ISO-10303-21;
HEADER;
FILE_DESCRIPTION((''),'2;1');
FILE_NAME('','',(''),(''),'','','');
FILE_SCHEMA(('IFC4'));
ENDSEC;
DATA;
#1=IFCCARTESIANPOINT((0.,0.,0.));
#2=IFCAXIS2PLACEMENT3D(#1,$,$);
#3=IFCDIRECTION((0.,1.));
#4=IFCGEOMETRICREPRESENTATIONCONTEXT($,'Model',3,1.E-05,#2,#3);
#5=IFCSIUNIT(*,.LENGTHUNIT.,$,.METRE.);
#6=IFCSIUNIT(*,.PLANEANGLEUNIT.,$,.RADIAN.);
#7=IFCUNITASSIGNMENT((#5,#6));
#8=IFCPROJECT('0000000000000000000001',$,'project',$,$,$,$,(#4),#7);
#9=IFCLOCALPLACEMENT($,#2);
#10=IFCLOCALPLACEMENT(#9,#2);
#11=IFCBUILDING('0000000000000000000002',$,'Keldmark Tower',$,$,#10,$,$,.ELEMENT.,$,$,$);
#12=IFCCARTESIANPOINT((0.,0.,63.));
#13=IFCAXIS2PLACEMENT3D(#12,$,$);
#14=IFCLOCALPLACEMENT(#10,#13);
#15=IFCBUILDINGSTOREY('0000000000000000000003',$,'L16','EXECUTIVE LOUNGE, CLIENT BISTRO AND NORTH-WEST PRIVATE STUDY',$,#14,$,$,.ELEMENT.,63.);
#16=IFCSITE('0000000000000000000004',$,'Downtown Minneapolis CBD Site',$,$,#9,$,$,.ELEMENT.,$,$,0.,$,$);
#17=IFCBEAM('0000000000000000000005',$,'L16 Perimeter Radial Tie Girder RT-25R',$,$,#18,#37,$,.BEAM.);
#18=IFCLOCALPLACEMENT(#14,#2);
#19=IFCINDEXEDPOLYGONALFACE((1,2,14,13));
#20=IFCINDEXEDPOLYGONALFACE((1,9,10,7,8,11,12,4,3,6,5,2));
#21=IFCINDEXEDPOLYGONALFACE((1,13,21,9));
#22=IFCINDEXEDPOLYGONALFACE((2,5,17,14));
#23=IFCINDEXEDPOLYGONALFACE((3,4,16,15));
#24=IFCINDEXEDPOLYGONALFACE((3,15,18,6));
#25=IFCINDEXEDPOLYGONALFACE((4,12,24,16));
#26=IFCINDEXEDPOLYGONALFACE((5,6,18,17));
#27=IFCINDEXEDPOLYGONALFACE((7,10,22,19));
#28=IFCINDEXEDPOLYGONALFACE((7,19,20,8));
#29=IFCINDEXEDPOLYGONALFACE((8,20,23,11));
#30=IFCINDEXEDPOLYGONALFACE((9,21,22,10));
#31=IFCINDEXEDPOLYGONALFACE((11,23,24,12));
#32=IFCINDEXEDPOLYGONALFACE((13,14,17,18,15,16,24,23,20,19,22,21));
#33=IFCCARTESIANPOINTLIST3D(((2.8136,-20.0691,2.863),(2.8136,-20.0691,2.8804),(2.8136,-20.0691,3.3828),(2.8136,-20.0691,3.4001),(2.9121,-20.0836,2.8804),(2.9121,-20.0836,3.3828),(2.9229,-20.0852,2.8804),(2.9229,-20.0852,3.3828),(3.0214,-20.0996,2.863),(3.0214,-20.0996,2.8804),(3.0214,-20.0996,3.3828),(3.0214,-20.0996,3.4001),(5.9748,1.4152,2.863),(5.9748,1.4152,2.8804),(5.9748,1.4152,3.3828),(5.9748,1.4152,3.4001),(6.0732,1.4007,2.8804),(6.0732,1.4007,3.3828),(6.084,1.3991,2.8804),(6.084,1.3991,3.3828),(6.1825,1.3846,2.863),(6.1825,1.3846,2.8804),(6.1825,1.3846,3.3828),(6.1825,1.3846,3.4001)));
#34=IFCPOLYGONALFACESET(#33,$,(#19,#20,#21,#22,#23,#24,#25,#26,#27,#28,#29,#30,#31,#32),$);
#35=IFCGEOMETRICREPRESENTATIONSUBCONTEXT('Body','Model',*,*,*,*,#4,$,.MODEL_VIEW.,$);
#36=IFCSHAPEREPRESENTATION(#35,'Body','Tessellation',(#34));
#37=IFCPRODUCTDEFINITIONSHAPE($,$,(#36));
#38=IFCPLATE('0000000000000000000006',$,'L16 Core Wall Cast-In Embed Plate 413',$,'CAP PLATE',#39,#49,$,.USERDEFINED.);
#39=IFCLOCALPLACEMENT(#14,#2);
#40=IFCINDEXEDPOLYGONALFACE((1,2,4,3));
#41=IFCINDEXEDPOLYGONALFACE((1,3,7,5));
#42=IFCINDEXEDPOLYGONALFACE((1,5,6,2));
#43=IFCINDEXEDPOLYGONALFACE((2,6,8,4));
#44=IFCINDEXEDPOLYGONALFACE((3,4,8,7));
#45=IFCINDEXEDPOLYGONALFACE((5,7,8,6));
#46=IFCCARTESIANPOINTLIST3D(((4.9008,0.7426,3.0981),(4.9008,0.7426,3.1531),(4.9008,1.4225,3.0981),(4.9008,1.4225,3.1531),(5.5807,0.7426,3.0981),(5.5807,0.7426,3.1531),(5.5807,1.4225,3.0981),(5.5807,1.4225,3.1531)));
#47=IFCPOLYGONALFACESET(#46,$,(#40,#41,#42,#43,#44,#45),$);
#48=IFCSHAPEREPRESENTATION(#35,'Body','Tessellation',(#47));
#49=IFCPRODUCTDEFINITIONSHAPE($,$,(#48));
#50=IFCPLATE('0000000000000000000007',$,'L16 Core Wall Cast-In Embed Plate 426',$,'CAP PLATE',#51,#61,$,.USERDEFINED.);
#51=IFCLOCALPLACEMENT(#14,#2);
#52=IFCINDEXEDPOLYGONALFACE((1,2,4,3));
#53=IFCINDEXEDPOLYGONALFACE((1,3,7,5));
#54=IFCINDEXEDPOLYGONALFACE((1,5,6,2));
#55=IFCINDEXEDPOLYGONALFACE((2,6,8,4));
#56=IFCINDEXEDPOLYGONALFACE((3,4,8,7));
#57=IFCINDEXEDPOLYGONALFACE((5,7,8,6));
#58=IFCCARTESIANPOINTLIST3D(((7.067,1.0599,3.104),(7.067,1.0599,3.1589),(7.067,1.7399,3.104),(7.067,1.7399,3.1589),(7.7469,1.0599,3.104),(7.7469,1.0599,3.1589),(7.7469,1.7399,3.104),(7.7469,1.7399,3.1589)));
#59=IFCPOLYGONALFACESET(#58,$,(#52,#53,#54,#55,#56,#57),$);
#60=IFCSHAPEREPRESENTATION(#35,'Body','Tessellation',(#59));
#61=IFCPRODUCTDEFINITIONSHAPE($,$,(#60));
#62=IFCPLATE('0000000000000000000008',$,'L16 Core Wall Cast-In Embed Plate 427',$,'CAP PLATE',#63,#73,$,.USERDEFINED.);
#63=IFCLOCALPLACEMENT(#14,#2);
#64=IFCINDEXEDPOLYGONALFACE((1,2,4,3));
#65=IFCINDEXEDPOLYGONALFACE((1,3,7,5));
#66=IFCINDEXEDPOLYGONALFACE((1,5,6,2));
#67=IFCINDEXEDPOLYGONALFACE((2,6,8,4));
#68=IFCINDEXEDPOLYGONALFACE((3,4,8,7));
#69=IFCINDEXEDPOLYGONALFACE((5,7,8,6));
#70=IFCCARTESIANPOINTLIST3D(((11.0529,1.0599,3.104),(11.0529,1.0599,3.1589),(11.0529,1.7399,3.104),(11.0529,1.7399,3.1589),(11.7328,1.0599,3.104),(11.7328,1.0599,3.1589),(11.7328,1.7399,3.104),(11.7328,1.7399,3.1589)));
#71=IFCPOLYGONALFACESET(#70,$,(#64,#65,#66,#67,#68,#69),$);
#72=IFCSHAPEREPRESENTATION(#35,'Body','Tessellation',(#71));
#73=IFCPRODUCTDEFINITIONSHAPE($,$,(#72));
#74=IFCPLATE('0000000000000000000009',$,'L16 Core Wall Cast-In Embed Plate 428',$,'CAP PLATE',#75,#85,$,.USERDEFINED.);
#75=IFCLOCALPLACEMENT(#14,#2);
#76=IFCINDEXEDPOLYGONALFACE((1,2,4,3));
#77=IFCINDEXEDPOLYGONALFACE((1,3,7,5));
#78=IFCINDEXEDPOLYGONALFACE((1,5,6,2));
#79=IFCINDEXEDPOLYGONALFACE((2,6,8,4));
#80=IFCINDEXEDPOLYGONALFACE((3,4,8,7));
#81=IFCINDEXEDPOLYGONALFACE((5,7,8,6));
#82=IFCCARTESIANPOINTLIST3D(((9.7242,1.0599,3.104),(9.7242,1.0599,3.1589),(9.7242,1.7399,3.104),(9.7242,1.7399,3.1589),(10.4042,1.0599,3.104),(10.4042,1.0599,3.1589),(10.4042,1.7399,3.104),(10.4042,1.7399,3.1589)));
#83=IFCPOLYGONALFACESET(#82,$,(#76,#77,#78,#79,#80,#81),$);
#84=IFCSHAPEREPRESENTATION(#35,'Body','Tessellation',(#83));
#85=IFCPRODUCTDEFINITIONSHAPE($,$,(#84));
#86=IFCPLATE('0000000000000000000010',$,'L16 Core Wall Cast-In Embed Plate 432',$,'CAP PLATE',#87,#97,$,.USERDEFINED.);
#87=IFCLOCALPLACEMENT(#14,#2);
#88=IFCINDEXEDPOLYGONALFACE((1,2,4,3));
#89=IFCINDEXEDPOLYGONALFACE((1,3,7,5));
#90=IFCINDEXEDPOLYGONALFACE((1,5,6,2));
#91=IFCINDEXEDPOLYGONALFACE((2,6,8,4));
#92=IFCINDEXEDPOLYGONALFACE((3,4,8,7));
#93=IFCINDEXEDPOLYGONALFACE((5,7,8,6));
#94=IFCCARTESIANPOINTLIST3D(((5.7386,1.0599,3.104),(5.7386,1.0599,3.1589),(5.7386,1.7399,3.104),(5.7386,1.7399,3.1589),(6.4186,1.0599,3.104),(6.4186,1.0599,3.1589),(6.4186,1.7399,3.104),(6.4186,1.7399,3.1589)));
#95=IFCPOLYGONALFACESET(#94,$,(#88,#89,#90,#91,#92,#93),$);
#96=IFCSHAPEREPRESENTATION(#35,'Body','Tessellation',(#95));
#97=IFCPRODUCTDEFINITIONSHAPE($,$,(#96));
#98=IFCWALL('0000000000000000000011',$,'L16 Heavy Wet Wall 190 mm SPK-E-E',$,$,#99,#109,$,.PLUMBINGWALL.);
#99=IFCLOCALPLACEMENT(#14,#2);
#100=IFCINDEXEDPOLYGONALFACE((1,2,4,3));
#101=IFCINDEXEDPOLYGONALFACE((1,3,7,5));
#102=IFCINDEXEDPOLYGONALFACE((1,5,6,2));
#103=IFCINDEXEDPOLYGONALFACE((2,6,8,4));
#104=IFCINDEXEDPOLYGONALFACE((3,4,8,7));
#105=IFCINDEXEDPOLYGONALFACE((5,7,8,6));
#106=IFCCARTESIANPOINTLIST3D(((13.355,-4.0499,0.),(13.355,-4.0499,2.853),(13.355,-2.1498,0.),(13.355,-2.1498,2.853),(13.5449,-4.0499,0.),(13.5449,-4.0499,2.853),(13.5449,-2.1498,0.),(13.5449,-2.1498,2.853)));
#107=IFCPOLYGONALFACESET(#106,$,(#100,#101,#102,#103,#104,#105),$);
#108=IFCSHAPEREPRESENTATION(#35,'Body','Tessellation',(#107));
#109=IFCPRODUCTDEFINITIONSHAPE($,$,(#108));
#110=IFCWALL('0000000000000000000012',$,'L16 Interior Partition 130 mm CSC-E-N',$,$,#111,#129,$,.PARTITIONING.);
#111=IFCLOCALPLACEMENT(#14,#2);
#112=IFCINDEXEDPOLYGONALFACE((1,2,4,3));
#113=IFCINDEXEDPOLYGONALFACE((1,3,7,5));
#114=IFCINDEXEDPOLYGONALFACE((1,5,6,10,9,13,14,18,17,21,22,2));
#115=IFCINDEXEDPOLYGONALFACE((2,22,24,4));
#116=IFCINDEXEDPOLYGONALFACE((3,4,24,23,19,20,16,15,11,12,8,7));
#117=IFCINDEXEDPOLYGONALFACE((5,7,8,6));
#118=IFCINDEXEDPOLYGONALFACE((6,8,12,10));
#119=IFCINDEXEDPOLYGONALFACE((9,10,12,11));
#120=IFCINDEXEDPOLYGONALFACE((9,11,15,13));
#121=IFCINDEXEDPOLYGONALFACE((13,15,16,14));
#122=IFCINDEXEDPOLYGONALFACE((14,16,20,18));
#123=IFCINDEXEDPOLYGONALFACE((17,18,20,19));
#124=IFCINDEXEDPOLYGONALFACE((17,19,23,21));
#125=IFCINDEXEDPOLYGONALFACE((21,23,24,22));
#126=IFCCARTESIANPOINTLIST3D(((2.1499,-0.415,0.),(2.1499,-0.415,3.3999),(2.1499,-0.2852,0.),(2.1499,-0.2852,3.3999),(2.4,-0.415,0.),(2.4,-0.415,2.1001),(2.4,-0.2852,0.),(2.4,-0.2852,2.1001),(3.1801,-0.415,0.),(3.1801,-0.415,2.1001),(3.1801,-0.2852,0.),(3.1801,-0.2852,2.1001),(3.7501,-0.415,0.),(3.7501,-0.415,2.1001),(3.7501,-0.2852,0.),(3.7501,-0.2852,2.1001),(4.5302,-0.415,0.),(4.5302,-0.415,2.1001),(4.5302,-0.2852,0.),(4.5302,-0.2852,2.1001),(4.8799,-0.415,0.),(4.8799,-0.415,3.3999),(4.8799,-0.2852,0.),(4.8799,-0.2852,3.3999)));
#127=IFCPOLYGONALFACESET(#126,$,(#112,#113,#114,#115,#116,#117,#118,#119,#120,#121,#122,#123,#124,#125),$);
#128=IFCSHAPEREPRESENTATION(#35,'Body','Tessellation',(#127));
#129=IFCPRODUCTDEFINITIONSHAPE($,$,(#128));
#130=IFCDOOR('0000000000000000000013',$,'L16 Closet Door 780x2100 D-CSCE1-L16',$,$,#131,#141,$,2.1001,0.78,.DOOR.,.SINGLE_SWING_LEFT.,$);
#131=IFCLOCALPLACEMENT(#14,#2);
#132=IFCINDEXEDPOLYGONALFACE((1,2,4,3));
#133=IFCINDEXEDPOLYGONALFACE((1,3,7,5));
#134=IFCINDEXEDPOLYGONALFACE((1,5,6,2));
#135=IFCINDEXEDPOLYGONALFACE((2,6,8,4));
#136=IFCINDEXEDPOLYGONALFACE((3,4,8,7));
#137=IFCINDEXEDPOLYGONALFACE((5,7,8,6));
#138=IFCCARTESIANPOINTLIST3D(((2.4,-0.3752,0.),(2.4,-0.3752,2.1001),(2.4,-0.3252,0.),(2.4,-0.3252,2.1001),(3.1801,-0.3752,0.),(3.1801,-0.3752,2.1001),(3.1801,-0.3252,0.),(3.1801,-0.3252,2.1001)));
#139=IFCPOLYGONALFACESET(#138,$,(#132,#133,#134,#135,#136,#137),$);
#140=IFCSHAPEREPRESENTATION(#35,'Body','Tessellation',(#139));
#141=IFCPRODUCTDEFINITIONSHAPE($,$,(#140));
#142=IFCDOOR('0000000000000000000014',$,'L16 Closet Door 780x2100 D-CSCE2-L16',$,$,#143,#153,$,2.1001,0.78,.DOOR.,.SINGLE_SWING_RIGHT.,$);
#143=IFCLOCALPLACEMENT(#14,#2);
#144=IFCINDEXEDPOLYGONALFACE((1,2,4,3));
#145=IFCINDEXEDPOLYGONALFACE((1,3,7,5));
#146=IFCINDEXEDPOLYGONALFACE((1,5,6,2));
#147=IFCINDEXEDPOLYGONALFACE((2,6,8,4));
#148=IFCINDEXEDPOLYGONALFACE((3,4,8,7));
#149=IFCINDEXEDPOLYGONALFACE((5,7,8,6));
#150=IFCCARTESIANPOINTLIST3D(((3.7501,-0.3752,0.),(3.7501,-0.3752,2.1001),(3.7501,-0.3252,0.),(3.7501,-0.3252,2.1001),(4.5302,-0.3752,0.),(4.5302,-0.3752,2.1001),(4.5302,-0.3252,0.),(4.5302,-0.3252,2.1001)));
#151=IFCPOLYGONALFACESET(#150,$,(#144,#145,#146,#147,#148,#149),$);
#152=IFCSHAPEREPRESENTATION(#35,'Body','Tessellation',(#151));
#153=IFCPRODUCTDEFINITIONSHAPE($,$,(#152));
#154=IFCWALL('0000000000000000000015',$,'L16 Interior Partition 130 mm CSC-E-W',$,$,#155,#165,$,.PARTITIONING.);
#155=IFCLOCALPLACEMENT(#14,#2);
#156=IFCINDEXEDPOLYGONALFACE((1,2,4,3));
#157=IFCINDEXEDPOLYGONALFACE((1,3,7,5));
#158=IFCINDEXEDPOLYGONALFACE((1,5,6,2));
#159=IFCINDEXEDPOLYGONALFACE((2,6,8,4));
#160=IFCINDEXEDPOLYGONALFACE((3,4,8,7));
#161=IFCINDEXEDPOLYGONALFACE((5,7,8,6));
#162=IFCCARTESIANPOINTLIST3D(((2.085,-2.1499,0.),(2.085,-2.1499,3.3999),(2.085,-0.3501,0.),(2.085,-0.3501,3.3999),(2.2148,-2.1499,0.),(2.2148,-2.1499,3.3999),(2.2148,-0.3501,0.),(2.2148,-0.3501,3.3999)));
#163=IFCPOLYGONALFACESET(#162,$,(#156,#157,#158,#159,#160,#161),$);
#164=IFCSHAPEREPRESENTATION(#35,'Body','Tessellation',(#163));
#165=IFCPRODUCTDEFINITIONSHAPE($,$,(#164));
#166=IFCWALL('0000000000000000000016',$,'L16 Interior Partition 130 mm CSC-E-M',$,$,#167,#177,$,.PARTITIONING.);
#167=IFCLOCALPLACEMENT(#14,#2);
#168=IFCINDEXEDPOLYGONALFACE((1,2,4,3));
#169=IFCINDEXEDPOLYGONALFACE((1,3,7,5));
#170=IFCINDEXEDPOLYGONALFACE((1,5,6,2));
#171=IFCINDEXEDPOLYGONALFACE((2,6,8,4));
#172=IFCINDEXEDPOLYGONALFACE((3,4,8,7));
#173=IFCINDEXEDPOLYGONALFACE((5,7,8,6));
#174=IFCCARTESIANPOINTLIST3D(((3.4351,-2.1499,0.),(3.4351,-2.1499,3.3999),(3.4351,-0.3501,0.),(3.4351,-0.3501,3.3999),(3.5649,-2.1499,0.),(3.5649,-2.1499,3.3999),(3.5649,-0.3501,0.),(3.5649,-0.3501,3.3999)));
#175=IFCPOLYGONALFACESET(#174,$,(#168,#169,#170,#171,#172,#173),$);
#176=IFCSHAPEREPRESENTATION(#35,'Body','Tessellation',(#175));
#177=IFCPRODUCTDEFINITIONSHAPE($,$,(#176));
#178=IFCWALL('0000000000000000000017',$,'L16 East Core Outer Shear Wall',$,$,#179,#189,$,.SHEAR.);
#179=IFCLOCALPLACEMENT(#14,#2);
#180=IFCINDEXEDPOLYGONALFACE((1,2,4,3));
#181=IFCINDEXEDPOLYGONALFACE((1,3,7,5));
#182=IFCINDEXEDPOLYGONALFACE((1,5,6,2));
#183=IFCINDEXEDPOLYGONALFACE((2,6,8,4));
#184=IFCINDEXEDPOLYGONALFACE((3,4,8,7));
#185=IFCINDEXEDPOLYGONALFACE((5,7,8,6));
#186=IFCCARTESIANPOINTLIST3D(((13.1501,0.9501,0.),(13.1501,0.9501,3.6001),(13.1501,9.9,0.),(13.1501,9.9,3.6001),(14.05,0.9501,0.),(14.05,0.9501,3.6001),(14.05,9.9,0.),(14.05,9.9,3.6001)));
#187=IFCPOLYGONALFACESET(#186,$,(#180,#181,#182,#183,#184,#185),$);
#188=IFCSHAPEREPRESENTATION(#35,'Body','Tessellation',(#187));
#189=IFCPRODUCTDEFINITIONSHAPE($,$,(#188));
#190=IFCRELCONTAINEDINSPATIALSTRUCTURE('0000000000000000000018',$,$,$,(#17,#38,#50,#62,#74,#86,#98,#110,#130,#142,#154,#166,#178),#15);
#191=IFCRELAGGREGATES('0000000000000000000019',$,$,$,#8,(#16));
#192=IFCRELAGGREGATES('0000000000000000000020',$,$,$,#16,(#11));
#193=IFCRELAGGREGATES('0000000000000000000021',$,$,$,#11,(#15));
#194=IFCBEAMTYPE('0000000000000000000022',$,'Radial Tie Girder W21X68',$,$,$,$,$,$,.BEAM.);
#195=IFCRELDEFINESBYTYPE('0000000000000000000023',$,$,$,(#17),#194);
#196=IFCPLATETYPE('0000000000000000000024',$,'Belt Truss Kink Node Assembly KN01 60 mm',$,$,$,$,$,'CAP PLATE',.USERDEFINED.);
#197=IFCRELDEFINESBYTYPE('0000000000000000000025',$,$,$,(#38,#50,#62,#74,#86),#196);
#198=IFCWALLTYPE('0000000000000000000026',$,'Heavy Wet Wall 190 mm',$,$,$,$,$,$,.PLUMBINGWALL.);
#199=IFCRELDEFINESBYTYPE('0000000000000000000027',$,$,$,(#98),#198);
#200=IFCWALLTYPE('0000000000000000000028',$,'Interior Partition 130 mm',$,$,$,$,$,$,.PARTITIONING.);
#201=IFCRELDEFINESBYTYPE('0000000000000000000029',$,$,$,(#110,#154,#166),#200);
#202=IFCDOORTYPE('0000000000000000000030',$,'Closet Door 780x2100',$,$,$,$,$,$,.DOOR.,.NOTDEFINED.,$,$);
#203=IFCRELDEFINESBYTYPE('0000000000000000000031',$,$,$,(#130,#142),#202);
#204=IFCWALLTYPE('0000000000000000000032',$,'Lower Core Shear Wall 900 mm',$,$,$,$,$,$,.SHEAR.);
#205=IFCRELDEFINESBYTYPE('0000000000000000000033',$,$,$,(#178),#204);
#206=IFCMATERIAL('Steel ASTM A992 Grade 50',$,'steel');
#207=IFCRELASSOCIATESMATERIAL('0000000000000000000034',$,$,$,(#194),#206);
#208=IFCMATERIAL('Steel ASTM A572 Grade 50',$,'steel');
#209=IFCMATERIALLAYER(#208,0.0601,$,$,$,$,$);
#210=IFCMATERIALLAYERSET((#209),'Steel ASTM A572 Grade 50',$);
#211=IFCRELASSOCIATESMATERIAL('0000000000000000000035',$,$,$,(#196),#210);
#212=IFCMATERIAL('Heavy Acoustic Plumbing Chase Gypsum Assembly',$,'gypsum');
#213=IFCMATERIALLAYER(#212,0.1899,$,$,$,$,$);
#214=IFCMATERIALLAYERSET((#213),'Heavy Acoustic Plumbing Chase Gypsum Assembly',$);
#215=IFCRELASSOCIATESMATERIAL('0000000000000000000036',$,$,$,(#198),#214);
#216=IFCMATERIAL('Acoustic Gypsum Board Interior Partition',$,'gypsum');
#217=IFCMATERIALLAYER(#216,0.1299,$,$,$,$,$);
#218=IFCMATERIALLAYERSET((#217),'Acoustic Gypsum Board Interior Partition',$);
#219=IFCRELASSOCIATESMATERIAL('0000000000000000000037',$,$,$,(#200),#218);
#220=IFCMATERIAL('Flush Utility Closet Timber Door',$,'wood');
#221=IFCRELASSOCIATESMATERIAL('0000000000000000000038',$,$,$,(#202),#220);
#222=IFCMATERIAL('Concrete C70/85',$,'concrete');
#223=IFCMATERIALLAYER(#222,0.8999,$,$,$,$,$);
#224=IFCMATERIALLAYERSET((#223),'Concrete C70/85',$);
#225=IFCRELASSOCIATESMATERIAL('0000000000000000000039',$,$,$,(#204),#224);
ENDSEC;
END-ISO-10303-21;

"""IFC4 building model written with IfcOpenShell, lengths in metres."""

from ifc_helpers import new_model, si_unit, direction, frame, frame_2d, origin, origin_2d, place, context, subcontext, project, spatial, rectangle, i_section, extrude, material, layer, layer_set, material_profile, profile_set, type_object, element, fill, save


model = new_model("IFC4")

# Units and contexts
model_context = context("Model", 3, precision=1e-05, world=origin(), true_north=direction((0.0, 1.0)))
body_context = subcontext(model_context, "Body", "Model", "MODEL_VIEW")
ifc_project = project(units=[si_unit("LENGTHUNIT", "METRE"), si_unit("PLANEANGLEUNIT", "RADIAN")], contexts=[model_context])

# Site, building, storey
site_placement = place(None, origin())
site = spatial("IfcSite", under=ifc_project, at=site_placement, Name="Downtown Minneapolis CBD Site", CompositionType="ELEMENT", RefElevation=0.0)
building_placement = place(site_placement, origin())
building = spatial("IfcBuilding", under=site, at=building_placement, Name="Keldmark Tower", CompositionType="ELEMENT")
storey_placement = place(building_placement, frame((0.0, 0.0, 63.0)))
storey = spatial("IfcBuildingStorey", under=building, at=storey_placement, Name="L16", Description="EXECUTIVE LOUNGE, CLIENT BISTRO AND NORTH-WEST PRIVATE STUDY", CompositionType="ELEMENT", Elevation=63.0)

# Beam
ifc_material_1 = material(Name="Steel ASTM A992 Grade 50", Category="steel")
ifc_material_profile_1 = material_profile(ifc_material_1, i_section(OverallWidth=0.21, OverallDepth=0.5371, WebThickness=0.011, FlangeThickness=0.0173, at=origin_2d()), Name="W21X68")
ifc_profile_set_1 = profile_set([ifc_material_profile_1], Name="Steel ASTM A992 Grade 50")
beam_type = type_object("IfcBeamType", Name="Radial Tie Girder W21X68", PredefinedType="BEAM", material=ifc_profile_set_1)
beam_1_placement = place(storey_placement, frame((6.0786, 1.3999, 3.1316), z_axis=(-0.145569, -0.989348, 0.0), x_axis=(0.989348, -0.145569, 0.0)))
element("IfcBeam", 1, at=beam_1_placement, inside=storey, type_object=beam_type, Name="L16 Perimeter Radial Tie Girder RT-25R", PredefinedType="BEAM", context=body_context, shape_type="SweptSolid", body=[
    extrude(i_section(OverallWidth=0.21, OverallDepth=0.5371, WebThickness=0.011, FlangeThickness=0.0173, at=origin_2d()), origin(), (0.0, 0.0, 1.0), 21.7156),
])

# Plates
ifc_material_2 = material(Name="Steel ASTM A572 Grade 50", Category="steel")
ifc_layer_1 = layer(ifc_material_2, 0.0601)
ifc_layer_set_1 = layer_set([ifc_layer_1], Name="Steel ASTM A572 Grade 50")
plate_type = type_object("IfcPlateType", Name="Belt Truss Kink Node Assembly KN01 60 mm", ElementType="CAP PLATE", PredefinedType="USERDEFINED", material=ifc_layer_set_1)
for number, where, z_axis, x_axis, name in (
    (2, (5.2407, 1.0825, 3.0981), (0.0, 0.0, 1.0), (1.0, 0.0, 0.0), "L16 Core Wall Cast-In Embed Plate 413"),
    (3, (7.407, 1.3999, 3.104), (0.0, 0.0, 1.0), (1.0, 0.0, 0.0), "L16 Core Wall Cast-In Embed Plate 426"),
    (4, (11.3928, 1.3999, 3.104), (0.0, 0.0, 1.0), (1.0, 0.0, 0.0), "L16 Core Wall Cast-In Embed Plate 427"),
    (5, (10.0642, 1.3999, 3.104), (0.0, 0.0, 1.0), (1.0, 0.0, 0.0), "L16 Core Wall Cast-In Embed Plate 428"),
    (6, (6.0786, 1.3999, 3.104), (0.0, 0.0, 1.0), (1.0, 0.0, 0.0), "L16 Core Wall Cast-In Embed Plate 432"),
):
    element("IfcPlate", number, at=place(storey_placement, frame(where, z_axis=z_axis, x_axis=x_axis)), inside=storey, type_object=plate_type, Name=name, ObjectType="CAP PLATE", PredefinedType="USERDEFINED", context=body_context, shape_type="SweptSolid", body=[
        extrude(rectangle(XDim=0.6799, YDim=0.6799, at=origin_2d()), origin(), (0.0, 0.0, 1.0), 0.0549),
    ])

# Wall
ifc_material_3 = material(Name="Heavy Acoustic Plumbing Chase Gypsum Assembly", Category="gypsum")
ifc_layer_2 = layer(ifc_material_3, 0.1899)
ifc_layer_set_2 = layer_set([ifc_layer_2], Name="Heavy Acoustic Plumbing Chase Gypsum Assembly")
wall_type_1 = type_object("IfcWallType", Name="Heavy Wet Wall 190 mm", PredefinedType="PLUMBINGWALL", material=ifc_layer_set_2)
wall_1_placement = place(storey_placement, frame((13.45, -4.05, 0.0), z_axis=(0.0, 0.0, 1.0), x_axis=(0.0, 1.0, 0.0)))
element("IfcWall", 7, at=wall_1_placement, inside=storey, type_object=wall_type_1, Name="L16 Heavy Wet Wall 190 mm SPK-E-E", PredefinedType="PLUMBINGWALL", context=body_context, shape_type="SweptSolid", body=[
    extrude(rectangle(XDim=1.9001, YDim=0.1899, at=frame_2d((0.9502, 0.0))), origin(), (0.0, 0.0, 1.0), 2.853),
])

# Wall, openings, doors
ifc_material_4 = material(Name="Acoustic Gypsum Board Interior Partition", Category="gypsum")
ifc_layer_3 = layer(ifc_material_4, 0.1299)
ifc_layer_set_3 = layer_set([ifc_layer_3], Name="Acoustic Gypsum Board Interior Partition")
wall_type_2 = type_object("IfcWallType", Name="Interior Partition 130 mm", PredefinedType="PARTITIONING", material=ifc_layer_set_3)
wall_2_placement = place(storey_placement, frame((2.1499, -0.3501, 0.0), z_axis=(0.0, 0.0, 1.0), x_axis=(1.0, 0.0, 0.0)))
wall_2 = element("IfcWall", 8, at=wall_2_placement, inside=storey, type_object=wall_type_2, Name="L16 Interior Partition 130 mm CSC-E-N", PredefinedType="PARTITIONING", context=body_context, shape_type="SweptSolid", body=[
    extrude(rectangle(XDim=2.73, YDim=0.1299, at=frame_2d((1.365, 0.0))), origin(), (0.0, 0.0, 1.0), 3.3999),
])
opening_1_placement = place(wall_2_placement, frame((0.25, 0.0, 0.0)))
opening_1 = element("IfcOpeningElement", 9, at=opening_1_placement, cuts=wall_2, PredefinedType="OPENING", context=body_context, shape_type="SweptSolid", body=[
    extrude(rectangle(XDim=0.78, YDim=2.1001, at=frame_2d((0.3901, 1.05))), frame((0.0, 0.075, 0.0), z_axis=(0.0, -1.0, 0.0), x_axis=(1.0, 0.0, 0.0)), (0.0, 0.0, 1.0), 0.1499),
])
opening_2_placement = place(wall_2_placement, frame((1.6001, 0.0, 0.0)))
opening_2 = element("IfcOpeningElement", 10, at=opening_2_placement, cuts=wall_2, PredefinedType="OPENING", context=body_context, shape_type="SweptSolid", body=[
    extrude(rectangle(XDim=0.78, YDim=2.1001, at=frame_2d((0.3901, 1.05))), frame((0.0, 0.075, 0.0), z_axis=(0.0, -1.0, 0.0), x_axis=(1.0, 0.0, 0.0)), (0.0, 0.0, 1.0), 0.1499),
])
ifc_material_5 = material(Name="Flush Utility Closet Timber Door", Category="wood")
door_type_1 = type_object("IfcDoorType", Name="Closet Door 780x2100", OperationType="NOTDEFINED", PredefinedType="DOOR", material=ifc_material_5)
door_1_placement = place(opening_1_placement, origin())
door_1 = element("IfcDoor", 11, at=door_1_placement, inside=storey, type_object=door_type_1, Name="L16 Closet Door 780x2100 D-CSCE1-L16", OperationType="SINGLE_SWING_LEFT", OverallHeight=2.1001, OverallWidth=0.78, PredefinedType="DOOR", context=body_context, shape_type="SweptSolid", body=[
    extrude(rectangle(XDim=0.78, YDim=2.1001, at=frame_2d((0.3901, 1.05))), frame((0.0, 0.0249, 0.0), z_axis=(0.0, -1.0, 0.0), x_axis=(1.0, 0.0, 0.0)), (0.0, 0.0, 1.0), 0.05),
])
fill(opening_1, door_1)
door_2_placement = place(opening_2_placement, origin())
door_2 = element("IfcDoor", 12, at=door_2_placement, inside=storey, type_object=door_type_1, Name="L16 Closet Door 780x2100 D-CSCE2-L16", OperationType="SINGLE_SWING_RIGHT", OverallHeight=2.1001, OverallWidth=0.78, PredefinedType="DOOR", context=body_context, shape_type="SweptSolid", body=[
    extrude(rectangle(XDim=0.78, YDim=2.1001, at=frame_2d((0.3901, 1.05))), frame((0.0, 0.0249, 0.0), z_axis=(0.0, -1.0, 0.0), x_axis=(1.0, 0.0, 0.0)), (0.0, 0.0, 1.0), 0.05),
])
fill(opening_2, door_2)

# Walls
for number, where, z_axis, x_axis, name in (
    (13, (2.1499, -2.1499, 0.0), (0.0, 0.0, 1.0), (0.0, 1.0, 0.0), "L16 Interior Partition 130 mm CSC-E-W"),
    (14, (3.5, -2.1499, 0.0), (0.0, 0.0, 1.0), (0.0, 1.0, 0.0), "L16 Interior Partition 130 mm CSC-E-M"),
):
    element("IfcWall", number, at=place(storey_placement, frame(where, z_axis=z_axis, x_axis=x_axis)), inside=storey, type_object=wall_type_2, Name=name, PredefinedType="PARTITIONING", context=body_context, shape_type="SweptSolid", body=[
        extrude(rectangle(XDim=1.7998, YDim=0.1299, at=frame_2d((0.8999, 0.0))), origin(), (0.0, 0.0, 1.0), 3.3999),
    ])
ifc_material_6 = material(Name="Concrete C70/85", Category="concrete")
ifc_layer_4 = layer(ifc_material_6, 0.8999)
ifc_layer_set_4 = layer_set([ifc_layer_4], Name="Concrete C70/85")
wall_type_3 = type_object("IfcWallType", Name="Lower Core Shear Wall 900 mm", PredefinedType="SHEAR", material=ifc_layer_set_4)
wall_3_placement = place(storey_placement, frame((13.6001, 0.95, 0.0), z_axis=(0.0, 0.0, 1.0), x_axis=(0.0, 1.0, 0.0)))
element("IfcWall", 15, at=wall_3_placement, inside=storey, type_object=wall_type_3, Name="L16 East Core Outer Shear Wall", PredefinedType="SHEAR", context=body_context, shape_type="SweptSolid", body=[
    extrude(rectangle(XDim=8.95, YDim=0.8999, at=frame_2d((4.4751, 0.0))), origin(), (0.0, 0.0, 1.0), 3.6001),
])

save(model, "model.ifc")
